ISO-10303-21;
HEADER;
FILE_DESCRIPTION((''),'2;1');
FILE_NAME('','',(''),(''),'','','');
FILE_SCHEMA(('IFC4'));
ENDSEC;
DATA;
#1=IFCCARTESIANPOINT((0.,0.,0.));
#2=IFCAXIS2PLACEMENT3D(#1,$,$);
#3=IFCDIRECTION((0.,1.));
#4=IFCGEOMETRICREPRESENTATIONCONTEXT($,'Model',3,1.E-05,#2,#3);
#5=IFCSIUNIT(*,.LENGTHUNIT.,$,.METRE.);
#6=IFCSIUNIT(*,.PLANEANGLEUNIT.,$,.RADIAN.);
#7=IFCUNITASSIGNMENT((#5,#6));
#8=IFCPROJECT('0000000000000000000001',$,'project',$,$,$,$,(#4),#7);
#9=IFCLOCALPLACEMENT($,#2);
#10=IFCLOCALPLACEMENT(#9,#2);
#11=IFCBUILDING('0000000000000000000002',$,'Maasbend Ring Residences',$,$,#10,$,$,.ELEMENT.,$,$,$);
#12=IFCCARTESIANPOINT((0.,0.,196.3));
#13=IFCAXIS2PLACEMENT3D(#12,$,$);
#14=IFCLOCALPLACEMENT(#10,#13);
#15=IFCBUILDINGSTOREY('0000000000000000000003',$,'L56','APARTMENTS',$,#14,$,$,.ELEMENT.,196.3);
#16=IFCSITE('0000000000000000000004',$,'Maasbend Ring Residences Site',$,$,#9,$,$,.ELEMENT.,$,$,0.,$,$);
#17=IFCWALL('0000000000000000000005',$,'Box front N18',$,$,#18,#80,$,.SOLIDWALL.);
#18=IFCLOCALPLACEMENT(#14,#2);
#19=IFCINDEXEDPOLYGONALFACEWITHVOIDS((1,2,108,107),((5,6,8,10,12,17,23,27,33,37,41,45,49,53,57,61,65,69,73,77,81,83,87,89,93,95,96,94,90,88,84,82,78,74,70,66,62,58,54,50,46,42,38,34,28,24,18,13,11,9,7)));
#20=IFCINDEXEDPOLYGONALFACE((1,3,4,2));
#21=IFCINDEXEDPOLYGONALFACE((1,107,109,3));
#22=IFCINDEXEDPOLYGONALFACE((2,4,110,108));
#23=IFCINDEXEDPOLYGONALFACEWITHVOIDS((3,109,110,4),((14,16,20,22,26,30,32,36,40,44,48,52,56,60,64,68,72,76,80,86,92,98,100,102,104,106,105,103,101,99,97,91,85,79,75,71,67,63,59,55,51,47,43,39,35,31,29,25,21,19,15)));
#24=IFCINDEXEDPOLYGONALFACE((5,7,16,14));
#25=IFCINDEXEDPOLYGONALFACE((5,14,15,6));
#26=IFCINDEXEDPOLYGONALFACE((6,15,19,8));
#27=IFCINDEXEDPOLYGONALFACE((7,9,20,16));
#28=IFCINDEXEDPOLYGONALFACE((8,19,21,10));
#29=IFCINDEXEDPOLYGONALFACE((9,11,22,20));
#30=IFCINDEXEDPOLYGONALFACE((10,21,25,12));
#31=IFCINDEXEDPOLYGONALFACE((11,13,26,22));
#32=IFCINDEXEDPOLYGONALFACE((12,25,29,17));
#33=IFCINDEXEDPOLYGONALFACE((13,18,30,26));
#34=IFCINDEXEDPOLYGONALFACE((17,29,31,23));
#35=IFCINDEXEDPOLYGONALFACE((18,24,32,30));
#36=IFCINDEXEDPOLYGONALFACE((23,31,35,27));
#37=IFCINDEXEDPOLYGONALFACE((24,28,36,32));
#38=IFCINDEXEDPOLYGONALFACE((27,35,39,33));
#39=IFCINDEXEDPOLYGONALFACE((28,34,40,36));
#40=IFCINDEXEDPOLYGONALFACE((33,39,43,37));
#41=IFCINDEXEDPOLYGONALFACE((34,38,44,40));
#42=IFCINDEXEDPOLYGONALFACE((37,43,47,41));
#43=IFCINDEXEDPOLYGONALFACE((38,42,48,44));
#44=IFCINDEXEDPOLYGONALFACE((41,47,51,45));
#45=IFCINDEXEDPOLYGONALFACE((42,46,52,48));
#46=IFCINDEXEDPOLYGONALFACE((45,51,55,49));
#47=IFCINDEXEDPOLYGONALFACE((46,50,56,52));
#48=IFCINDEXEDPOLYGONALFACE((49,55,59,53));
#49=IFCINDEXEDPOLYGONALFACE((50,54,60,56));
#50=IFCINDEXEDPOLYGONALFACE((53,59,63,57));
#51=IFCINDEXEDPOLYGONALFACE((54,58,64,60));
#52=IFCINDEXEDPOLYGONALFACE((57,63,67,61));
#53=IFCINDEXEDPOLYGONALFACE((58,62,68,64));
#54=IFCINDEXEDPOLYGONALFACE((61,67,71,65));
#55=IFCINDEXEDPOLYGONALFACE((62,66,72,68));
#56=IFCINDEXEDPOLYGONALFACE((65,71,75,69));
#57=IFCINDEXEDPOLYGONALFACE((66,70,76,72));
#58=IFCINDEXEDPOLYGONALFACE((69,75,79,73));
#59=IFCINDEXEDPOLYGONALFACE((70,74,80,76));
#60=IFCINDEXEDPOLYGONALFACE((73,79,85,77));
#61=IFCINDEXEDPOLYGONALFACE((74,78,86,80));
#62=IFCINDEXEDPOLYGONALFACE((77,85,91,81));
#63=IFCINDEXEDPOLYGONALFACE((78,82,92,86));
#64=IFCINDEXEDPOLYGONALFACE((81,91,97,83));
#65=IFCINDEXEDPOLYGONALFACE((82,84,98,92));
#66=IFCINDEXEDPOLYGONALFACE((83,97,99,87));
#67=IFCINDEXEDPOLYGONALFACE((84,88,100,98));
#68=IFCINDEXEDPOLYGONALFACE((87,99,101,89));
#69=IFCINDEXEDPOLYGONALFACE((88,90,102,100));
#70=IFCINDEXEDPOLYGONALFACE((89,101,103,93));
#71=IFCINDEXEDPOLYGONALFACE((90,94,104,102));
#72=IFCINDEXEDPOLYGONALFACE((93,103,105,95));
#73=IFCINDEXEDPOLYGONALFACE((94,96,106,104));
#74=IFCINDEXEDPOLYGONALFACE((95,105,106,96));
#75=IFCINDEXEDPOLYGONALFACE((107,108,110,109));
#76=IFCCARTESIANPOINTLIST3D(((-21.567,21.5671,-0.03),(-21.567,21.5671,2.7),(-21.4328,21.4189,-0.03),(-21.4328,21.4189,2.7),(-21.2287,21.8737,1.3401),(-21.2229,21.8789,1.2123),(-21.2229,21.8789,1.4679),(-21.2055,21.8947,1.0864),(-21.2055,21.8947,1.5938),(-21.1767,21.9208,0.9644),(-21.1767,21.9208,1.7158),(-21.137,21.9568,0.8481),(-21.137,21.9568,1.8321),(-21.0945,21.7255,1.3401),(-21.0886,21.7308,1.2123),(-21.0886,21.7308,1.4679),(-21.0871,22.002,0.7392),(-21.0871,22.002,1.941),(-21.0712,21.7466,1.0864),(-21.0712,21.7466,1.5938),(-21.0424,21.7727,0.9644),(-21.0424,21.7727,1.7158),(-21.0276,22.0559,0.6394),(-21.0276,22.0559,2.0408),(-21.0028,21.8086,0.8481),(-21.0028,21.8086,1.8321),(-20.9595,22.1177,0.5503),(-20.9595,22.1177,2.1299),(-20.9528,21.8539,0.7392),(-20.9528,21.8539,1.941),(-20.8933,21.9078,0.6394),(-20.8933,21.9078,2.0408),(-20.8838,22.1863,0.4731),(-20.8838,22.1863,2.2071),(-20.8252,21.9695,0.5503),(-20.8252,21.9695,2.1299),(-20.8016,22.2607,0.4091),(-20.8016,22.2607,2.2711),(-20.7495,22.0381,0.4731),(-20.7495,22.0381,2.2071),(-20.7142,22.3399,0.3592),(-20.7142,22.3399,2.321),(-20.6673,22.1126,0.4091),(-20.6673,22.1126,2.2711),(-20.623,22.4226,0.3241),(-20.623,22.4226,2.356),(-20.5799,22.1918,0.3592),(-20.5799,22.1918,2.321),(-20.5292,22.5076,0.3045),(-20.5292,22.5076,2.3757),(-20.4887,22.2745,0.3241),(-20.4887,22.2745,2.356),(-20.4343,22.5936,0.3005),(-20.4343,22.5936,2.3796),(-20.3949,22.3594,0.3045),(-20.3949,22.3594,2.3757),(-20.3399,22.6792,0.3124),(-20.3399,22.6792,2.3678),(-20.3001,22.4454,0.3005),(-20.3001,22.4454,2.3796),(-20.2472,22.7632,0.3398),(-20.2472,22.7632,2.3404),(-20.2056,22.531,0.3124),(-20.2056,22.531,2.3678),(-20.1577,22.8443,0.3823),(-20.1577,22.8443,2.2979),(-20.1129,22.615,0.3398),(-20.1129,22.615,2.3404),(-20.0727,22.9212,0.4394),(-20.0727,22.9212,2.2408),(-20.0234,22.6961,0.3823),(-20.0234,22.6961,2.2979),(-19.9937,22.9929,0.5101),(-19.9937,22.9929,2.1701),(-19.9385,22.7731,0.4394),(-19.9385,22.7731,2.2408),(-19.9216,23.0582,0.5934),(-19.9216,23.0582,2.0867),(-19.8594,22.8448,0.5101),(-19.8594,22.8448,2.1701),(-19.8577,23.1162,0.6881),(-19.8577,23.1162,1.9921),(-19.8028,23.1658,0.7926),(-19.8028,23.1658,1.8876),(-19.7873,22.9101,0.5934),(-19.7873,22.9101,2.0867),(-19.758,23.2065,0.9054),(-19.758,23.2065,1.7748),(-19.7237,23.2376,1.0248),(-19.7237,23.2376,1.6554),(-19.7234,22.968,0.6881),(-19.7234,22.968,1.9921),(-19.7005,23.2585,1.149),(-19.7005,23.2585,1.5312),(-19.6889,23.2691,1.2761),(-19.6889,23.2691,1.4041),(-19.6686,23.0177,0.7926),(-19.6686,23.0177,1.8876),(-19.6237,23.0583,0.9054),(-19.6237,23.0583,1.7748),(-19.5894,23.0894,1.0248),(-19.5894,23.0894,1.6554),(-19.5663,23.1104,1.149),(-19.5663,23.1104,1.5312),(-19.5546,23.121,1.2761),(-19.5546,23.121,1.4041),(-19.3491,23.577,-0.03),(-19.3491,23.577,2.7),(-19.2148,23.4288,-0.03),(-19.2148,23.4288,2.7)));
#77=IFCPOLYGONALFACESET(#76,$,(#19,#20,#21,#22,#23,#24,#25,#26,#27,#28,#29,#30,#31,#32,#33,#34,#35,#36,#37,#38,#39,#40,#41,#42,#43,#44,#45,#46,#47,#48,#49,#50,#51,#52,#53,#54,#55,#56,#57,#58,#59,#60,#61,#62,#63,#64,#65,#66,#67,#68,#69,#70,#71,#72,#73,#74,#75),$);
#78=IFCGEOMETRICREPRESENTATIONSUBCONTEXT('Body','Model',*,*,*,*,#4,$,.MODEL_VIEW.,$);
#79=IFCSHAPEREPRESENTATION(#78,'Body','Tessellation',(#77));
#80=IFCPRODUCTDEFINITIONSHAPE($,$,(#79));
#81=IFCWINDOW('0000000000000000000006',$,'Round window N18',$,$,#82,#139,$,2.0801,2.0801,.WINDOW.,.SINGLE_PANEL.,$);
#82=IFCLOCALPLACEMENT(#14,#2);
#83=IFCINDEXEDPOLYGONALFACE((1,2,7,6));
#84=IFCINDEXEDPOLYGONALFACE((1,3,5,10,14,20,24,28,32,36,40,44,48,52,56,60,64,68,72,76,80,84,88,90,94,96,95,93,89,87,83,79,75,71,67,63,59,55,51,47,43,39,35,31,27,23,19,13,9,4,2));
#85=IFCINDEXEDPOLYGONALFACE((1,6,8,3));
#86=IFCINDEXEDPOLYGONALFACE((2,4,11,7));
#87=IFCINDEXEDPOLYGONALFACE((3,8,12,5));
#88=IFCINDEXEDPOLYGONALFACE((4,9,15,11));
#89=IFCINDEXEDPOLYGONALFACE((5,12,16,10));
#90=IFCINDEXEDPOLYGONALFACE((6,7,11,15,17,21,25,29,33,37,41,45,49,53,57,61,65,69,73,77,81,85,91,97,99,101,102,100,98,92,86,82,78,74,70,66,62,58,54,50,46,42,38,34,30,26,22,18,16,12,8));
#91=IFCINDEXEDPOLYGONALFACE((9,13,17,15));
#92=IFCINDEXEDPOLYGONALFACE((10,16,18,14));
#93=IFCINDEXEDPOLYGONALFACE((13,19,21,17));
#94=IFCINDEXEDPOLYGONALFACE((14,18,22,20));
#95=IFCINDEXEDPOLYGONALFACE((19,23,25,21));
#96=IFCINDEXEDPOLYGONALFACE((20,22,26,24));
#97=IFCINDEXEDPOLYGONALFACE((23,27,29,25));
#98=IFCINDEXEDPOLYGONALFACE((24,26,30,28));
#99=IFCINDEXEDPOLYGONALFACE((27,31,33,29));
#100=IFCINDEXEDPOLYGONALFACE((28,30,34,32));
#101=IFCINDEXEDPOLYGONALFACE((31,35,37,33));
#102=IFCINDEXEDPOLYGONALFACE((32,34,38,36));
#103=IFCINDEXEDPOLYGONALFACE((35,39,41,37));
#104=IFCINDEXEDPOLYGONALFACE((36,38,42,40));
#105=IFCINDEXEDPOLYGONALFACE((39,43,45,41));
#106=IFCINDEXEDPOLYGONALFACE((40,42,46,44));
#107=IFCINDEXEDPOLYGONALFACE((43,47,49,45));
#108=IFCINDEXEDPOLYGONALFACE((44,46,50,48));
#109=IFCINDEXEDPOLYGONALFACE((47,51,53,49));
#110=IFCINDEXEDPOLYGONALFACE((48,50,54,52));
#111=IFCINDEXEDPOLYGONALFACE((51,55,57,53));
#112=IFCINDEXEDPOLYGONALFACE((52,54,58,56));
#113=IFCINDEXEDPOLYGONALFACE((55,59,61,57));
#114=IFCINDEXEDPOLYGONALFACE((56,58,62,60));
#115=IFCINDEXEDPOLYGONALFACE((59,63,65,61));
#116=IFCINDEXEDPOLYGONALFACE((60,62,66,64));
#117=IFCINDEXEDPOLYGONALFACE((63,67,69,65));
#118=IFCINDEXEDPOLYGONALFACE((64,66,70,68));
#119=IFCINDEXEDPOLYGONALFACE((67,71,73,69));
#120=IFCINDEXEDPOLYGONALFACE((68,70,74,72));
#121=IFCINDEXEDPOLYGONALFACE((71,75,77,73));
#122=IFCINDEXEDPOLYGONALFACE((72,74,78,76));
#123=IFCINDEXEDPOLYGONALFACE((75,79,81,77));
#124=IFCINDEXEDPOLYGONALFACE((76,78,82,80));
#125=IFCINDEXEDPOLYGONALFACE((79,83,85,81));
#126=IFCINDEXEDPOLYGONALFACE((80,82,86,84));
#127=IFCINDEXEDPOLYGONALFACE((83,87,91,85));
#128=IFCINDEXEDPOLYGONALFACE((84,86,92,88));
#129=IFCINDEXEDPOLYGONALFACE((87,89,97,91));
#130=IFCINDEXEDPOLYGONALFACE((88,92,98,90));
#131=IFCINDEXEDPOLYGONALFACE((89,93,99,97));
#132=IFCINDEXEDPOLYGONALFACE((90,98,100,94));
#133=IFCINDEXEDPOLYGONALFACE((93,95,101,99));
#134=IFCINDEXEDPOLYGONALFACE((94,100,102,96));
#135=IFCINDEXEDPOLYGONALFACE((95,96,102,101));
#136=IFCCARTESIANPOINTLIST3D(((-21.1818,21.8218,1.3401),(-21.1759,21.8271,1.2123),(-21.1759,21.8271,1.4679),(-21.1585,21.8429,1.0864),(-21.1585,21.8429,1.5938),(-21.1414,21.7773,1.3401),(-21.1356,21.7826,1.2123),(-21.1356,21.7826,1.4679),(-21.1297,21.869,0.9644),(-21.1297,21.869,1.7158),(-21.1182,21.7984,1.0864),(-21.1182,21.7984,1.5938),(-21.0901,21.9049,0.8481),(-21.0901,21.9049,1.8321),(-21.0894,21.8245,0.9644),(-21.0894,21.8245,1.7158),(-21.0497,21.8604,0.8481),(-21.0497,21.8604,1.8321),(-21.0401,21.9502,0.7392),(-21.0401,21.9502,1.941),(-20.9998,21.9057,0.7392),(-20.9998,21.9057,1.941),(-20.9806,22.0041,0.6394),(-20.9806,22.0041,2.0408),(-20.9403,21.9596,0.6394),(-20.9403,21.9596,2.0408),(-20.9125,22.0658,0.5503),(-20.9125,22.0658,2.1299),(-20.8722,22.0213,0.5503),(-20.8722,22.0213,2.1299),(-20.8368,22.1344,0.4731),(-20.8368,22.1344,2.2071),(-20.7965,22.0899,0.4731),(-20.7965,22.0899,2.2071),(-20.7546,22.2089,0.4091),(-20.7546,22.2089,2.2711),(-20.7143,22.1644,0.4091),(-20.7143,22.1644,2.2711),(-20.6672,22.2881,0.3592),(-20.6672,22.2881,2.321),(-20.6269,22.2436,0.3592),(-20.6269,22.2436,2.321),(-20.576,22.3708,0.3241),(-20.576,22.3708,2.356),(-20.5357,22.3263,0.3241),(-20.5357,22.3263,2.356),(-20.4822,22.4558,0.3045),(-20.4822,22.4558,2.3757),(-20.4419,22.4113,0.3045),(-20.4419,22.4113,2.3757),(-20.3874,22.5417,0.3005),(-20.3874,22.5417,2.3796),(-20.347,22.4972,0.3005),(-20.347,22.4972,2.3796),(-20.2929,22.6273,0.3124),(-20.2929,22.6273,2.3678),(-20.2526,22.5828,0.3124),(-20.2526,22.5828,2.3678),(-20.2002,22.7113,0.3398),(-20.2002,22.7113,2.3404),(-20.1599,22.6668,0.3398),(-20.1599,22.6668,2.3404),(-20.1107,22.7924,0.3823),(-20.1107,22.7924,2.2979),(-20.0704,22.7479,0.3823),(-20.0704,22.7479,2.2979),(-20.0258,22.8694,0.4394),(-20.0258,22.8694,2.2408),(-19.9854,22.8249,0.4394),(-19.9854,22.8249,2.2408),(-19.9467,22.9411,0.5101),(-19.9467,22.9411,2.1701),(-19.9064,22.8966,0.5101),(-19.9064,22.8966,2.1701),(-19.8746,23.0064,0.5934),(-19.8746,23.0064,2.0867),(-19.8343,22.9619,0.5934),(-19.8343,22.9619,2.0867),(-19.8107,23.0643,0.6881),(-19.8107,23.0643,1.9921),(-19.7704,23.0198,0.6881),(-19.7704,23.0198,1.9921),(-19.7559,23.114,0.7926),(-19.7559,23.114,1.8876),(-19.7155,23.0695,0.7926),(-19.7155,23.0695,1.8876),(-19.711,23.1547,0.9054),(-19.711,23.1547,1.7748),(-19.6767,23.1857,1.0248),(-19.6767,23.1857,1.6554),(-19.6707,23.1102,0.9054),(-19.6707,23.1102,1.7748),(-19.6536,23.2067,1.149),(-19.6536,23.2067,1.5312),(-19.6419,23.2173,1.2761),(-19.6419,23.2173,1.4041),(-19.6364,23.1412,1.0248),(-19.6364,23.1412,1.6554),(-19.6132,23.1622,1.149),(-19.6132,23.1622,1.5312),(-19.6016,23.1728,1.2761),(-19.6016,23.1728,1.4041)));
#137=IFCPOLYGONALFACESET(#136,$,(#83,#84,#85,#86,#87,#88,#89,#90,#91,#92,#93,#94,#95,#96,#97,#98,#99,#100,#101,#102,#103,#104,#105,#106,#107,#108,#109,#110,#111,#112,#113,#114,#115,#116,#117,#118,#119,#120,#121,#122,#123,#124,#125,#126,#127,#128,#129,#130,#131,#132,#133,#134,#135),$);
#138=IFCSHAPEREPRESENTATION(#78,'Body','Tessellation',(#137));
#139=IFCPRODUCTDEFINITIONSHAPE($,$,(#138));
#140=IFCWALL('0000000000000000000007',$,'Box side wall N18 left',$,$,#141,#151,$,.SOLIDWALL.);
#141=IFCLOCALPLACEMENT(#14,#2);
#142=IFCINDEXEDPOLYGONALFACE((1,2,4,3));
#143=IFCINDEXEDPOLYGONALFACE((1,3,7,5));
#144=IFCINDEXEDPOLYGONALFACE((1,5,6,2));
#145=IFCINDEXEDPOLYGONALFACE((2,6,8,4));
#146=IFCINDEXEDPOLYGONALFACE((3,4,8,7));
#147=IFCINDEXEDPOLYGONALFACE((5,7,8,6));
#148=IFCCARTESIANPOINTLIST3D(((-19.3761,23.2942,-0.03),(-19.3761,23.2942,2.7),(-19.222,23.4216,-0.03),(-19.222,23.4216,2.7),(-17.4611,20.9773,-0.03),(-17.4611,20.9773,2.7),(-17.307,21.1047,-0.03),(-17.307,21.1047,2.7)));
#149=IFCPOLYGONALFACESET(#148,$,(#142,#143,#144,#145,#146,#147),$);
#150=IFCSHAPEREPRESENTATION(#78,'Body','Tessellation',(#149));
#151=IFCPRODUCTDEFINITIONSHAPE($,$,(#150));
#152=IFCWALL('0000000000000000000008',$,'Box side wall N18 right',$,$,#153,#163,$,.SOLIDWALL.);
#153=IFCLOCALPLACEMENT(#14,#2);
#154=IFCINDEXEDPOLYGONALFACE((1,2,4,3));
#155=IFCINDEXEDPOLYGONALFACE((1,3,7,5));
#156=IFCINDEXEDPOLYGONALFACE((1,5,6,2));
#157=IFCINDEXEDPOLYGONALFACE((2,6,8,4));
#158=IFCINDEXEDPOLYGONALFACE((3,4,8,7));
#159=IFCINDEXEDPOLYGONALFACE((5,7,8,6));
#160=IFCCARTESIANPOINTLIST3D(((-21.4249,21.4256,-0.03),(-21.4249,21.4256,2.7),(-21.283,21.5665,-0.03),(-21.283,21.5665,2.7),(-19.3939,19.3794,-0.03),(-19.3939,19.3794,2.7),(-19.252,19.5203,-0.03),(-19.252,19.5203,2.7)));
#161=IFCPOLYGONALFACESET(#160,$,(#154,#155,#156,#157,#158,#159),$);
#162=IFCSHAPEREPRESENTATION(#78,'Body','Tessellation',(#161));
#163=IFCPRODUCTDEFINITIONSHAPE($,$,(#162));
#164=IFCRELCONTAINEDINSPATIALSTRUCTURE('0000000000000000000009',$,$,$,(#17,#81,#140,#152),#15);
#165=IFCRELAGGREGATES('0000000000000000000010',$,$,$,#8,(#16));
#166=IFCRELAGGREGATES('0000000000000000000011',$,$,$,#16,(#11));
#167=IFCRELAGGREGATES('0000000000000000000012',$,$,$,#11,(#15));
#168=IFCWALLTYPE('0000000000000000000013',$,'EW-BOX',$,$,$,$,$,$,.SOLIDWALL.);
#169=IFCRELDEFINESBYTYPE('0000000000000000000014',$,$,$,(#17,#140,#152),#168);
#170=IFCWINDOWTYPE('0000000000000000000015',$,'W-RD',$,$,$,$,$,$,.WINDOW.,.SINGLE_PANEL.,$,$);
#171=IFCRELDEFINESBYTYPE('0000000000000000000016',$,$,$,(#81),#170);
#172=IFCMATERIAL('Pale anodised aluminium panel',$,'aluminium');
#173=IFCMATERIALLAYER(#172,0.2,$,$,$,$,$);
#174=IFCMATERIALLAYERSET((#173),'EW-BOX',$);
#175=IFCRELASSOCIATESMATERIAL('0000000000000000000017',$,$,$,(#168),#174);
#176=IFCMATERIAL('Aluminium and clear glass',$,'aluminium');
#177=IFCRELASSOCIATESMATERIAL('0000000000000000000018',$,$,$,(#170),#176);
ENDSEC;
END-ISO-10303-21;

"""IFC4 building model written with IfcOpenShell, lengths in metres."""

from ifc_helpers import new_model, si_unit, direction, frame, frame_2d, origin, place, context, subcontext, project, spatial, rectangle, circle, extrude, material, layer, layer_set, type_object, element, fill, save


model = new_model("IFC4")

# Units and contexts
model_context = context("Model", 3, precision=1e-05, world=origin(), true_north=direction((0.0, 1.0)))
body_context = subcontext(model_context, "Body", "Model", "MODEL_VIEW")
ifc_project = project(units=[si_unit("LENGTHUNIT", "METRE"), si_unit("PLANEANGLEUNIT", "RADIAN")], contexts=[model_context])

# Site, building, storey
site_placement = place(None, origin())
site = spatial("IfcSite", under=ifc_project, at=site_placement, Name="Maasbend Ring Residences Site", CompositionType="ELEMENT", RefElevation=0.0)
building_placement = place(site_placement, origin())
building = spatial("IfcBuilding", under=site, at=building_placement, Name="Maasbend Ring Residences", CompositionType="ELEMENT")
storey_placement = place(building_placement, frame((0.0, 0.0, 196.3)))
storey = spatial("IfcBuildingStorey", under=building, at=storey_placement, Name="L56", Description="APARTMENTS", CompositionType="ELEMENT", Elevation=196.3)

# Shared definitions
ifc_material_1 = material(Name="Pale anodised aluminium panel", Category="aluminium")
ifc_layer_1 = layer(ifc_material_1, 0.2)
ifc_layer_set_1 = layer_set([ifc_layer_1], Name="EW-BOX")
wall_type_1 = type_object("IfcWallType", Name="EW-BOX", PredefinedType="SOLIDWALL", material=ifc_layer_set_1)
ifc_material_2 = material(Name="Aluminium and clear glass", Category="aluminium")
window_type_1 = type_object("IfcWindowType", Name="W-RD", PartitioningType="SINGLE_PANEL", PredefinedType="WINDOW", material=ifc_material_2)

# Wall, opening, window
wall_1_placement = place(storey_placement, frame((-19.282, 23.5029, -0.03), z_axis=(0.0, 0.0, 1.0), x_axis=(-0.740998, -0.671507, 0.0)))
wall_1 = element("IfcWall", 1, at=wall_1_placement, inside=storey, type_object=wall_type_1, Name="Box front N18", PredefinedType="SOLIDWALL", context=body_context, shape_type="SweptSolid", body=[
    extrude(rectangle(XDim=2.9932, YDim=0.2, at=frame_2d((1.4966, 0.0))), origin(), (0.0, 0.0, 1.0), 2.73),
])
opening_1_placement = place(wall_1_placement, frame((0.4565, 0.0, 0.3301)))
opening_1 = element("IfcOpeningElement", 2, at=opening_1_placement, cuts=wall_1, PredefinedType="OPENING", context=body_context, shape_type="SweptSolid", body=[
    extrude(circle(Radius=1.04, at=frame_2d((1.04, 1.04))), frame((0.0, 0.1099, 0.0), z_axis=(0.0, -1.0, 0.0), x_axis=(1.0, 0.0, 0.0)), (0.0, 0.0, 1.0), 0.22),
])
window_1_placement = place(opening_1_placement, origin())
window_1 = element("IfcWindow", 3, at=window_1_placement, inside=storey, type_object=window_type_1, Name="Round window N18", OverallHeight=2.0801, OverallWidth=2.0801, PartitioningType="SINGLE_PANEL", PredefinedType="WINDOW", context=body_context, shape_type="SweptSolid", body=[
    extrude(circle(Radius=1.04, at=frame_2d((1.04, 1.04))), frame((0.0, 0.03, 0.0), z_axis=(0.0, -1.0, 0.0), x_axis=(1.0, 0.0, 0.0)), (0.0, 0.0, 1.0), 0.0601),
])
fill(opening_1, window_1)

# Walls
wall_2_placement = place(storey_placement, frame((-17.384, 21.041, -0.03), z_axis=(0.0, 0.0, 1.0), x_axis=(-0.637096, 0.770785, 0.0)))
element("IfcWall", 4, at=wall_2_placement, inside=storey, type_object=wall_type_1, Name="Box side wall N18 left", PredefinedType="SOLIDWALL", context=body_context, shape_type="SweptSolid", body=[
    extrude(rectangle(XDim=3.0059, YDim=0.2, at=frame_2d((1.5029, 0.0))), origin(), (0.0, 0.0, 1.0), 2.73),
])
wall_3_placement = place(storey_placement, frame((-19.323, 19.45, -0.03), z_axis=(0.0, 0.0, 1.0), x_axis=(-0.704477, 0.709727, 0.0)))
element("IfcWall", 5, at=wall_3_placement, inside=storey, type_object=wall_type_1, Name="Box side wall N18 right", PredefinedType="SOLIDWALL", context=body_context, shape_type="SweptSolid", body=[
    extrude(rectangle(XDim=2.8831, YDim=0.2, at=frame_2d((1.4414, 0.0))), origin(), (0.0, 0.0, 1.0), 2.73),
])

save(model, "model.ifc")
